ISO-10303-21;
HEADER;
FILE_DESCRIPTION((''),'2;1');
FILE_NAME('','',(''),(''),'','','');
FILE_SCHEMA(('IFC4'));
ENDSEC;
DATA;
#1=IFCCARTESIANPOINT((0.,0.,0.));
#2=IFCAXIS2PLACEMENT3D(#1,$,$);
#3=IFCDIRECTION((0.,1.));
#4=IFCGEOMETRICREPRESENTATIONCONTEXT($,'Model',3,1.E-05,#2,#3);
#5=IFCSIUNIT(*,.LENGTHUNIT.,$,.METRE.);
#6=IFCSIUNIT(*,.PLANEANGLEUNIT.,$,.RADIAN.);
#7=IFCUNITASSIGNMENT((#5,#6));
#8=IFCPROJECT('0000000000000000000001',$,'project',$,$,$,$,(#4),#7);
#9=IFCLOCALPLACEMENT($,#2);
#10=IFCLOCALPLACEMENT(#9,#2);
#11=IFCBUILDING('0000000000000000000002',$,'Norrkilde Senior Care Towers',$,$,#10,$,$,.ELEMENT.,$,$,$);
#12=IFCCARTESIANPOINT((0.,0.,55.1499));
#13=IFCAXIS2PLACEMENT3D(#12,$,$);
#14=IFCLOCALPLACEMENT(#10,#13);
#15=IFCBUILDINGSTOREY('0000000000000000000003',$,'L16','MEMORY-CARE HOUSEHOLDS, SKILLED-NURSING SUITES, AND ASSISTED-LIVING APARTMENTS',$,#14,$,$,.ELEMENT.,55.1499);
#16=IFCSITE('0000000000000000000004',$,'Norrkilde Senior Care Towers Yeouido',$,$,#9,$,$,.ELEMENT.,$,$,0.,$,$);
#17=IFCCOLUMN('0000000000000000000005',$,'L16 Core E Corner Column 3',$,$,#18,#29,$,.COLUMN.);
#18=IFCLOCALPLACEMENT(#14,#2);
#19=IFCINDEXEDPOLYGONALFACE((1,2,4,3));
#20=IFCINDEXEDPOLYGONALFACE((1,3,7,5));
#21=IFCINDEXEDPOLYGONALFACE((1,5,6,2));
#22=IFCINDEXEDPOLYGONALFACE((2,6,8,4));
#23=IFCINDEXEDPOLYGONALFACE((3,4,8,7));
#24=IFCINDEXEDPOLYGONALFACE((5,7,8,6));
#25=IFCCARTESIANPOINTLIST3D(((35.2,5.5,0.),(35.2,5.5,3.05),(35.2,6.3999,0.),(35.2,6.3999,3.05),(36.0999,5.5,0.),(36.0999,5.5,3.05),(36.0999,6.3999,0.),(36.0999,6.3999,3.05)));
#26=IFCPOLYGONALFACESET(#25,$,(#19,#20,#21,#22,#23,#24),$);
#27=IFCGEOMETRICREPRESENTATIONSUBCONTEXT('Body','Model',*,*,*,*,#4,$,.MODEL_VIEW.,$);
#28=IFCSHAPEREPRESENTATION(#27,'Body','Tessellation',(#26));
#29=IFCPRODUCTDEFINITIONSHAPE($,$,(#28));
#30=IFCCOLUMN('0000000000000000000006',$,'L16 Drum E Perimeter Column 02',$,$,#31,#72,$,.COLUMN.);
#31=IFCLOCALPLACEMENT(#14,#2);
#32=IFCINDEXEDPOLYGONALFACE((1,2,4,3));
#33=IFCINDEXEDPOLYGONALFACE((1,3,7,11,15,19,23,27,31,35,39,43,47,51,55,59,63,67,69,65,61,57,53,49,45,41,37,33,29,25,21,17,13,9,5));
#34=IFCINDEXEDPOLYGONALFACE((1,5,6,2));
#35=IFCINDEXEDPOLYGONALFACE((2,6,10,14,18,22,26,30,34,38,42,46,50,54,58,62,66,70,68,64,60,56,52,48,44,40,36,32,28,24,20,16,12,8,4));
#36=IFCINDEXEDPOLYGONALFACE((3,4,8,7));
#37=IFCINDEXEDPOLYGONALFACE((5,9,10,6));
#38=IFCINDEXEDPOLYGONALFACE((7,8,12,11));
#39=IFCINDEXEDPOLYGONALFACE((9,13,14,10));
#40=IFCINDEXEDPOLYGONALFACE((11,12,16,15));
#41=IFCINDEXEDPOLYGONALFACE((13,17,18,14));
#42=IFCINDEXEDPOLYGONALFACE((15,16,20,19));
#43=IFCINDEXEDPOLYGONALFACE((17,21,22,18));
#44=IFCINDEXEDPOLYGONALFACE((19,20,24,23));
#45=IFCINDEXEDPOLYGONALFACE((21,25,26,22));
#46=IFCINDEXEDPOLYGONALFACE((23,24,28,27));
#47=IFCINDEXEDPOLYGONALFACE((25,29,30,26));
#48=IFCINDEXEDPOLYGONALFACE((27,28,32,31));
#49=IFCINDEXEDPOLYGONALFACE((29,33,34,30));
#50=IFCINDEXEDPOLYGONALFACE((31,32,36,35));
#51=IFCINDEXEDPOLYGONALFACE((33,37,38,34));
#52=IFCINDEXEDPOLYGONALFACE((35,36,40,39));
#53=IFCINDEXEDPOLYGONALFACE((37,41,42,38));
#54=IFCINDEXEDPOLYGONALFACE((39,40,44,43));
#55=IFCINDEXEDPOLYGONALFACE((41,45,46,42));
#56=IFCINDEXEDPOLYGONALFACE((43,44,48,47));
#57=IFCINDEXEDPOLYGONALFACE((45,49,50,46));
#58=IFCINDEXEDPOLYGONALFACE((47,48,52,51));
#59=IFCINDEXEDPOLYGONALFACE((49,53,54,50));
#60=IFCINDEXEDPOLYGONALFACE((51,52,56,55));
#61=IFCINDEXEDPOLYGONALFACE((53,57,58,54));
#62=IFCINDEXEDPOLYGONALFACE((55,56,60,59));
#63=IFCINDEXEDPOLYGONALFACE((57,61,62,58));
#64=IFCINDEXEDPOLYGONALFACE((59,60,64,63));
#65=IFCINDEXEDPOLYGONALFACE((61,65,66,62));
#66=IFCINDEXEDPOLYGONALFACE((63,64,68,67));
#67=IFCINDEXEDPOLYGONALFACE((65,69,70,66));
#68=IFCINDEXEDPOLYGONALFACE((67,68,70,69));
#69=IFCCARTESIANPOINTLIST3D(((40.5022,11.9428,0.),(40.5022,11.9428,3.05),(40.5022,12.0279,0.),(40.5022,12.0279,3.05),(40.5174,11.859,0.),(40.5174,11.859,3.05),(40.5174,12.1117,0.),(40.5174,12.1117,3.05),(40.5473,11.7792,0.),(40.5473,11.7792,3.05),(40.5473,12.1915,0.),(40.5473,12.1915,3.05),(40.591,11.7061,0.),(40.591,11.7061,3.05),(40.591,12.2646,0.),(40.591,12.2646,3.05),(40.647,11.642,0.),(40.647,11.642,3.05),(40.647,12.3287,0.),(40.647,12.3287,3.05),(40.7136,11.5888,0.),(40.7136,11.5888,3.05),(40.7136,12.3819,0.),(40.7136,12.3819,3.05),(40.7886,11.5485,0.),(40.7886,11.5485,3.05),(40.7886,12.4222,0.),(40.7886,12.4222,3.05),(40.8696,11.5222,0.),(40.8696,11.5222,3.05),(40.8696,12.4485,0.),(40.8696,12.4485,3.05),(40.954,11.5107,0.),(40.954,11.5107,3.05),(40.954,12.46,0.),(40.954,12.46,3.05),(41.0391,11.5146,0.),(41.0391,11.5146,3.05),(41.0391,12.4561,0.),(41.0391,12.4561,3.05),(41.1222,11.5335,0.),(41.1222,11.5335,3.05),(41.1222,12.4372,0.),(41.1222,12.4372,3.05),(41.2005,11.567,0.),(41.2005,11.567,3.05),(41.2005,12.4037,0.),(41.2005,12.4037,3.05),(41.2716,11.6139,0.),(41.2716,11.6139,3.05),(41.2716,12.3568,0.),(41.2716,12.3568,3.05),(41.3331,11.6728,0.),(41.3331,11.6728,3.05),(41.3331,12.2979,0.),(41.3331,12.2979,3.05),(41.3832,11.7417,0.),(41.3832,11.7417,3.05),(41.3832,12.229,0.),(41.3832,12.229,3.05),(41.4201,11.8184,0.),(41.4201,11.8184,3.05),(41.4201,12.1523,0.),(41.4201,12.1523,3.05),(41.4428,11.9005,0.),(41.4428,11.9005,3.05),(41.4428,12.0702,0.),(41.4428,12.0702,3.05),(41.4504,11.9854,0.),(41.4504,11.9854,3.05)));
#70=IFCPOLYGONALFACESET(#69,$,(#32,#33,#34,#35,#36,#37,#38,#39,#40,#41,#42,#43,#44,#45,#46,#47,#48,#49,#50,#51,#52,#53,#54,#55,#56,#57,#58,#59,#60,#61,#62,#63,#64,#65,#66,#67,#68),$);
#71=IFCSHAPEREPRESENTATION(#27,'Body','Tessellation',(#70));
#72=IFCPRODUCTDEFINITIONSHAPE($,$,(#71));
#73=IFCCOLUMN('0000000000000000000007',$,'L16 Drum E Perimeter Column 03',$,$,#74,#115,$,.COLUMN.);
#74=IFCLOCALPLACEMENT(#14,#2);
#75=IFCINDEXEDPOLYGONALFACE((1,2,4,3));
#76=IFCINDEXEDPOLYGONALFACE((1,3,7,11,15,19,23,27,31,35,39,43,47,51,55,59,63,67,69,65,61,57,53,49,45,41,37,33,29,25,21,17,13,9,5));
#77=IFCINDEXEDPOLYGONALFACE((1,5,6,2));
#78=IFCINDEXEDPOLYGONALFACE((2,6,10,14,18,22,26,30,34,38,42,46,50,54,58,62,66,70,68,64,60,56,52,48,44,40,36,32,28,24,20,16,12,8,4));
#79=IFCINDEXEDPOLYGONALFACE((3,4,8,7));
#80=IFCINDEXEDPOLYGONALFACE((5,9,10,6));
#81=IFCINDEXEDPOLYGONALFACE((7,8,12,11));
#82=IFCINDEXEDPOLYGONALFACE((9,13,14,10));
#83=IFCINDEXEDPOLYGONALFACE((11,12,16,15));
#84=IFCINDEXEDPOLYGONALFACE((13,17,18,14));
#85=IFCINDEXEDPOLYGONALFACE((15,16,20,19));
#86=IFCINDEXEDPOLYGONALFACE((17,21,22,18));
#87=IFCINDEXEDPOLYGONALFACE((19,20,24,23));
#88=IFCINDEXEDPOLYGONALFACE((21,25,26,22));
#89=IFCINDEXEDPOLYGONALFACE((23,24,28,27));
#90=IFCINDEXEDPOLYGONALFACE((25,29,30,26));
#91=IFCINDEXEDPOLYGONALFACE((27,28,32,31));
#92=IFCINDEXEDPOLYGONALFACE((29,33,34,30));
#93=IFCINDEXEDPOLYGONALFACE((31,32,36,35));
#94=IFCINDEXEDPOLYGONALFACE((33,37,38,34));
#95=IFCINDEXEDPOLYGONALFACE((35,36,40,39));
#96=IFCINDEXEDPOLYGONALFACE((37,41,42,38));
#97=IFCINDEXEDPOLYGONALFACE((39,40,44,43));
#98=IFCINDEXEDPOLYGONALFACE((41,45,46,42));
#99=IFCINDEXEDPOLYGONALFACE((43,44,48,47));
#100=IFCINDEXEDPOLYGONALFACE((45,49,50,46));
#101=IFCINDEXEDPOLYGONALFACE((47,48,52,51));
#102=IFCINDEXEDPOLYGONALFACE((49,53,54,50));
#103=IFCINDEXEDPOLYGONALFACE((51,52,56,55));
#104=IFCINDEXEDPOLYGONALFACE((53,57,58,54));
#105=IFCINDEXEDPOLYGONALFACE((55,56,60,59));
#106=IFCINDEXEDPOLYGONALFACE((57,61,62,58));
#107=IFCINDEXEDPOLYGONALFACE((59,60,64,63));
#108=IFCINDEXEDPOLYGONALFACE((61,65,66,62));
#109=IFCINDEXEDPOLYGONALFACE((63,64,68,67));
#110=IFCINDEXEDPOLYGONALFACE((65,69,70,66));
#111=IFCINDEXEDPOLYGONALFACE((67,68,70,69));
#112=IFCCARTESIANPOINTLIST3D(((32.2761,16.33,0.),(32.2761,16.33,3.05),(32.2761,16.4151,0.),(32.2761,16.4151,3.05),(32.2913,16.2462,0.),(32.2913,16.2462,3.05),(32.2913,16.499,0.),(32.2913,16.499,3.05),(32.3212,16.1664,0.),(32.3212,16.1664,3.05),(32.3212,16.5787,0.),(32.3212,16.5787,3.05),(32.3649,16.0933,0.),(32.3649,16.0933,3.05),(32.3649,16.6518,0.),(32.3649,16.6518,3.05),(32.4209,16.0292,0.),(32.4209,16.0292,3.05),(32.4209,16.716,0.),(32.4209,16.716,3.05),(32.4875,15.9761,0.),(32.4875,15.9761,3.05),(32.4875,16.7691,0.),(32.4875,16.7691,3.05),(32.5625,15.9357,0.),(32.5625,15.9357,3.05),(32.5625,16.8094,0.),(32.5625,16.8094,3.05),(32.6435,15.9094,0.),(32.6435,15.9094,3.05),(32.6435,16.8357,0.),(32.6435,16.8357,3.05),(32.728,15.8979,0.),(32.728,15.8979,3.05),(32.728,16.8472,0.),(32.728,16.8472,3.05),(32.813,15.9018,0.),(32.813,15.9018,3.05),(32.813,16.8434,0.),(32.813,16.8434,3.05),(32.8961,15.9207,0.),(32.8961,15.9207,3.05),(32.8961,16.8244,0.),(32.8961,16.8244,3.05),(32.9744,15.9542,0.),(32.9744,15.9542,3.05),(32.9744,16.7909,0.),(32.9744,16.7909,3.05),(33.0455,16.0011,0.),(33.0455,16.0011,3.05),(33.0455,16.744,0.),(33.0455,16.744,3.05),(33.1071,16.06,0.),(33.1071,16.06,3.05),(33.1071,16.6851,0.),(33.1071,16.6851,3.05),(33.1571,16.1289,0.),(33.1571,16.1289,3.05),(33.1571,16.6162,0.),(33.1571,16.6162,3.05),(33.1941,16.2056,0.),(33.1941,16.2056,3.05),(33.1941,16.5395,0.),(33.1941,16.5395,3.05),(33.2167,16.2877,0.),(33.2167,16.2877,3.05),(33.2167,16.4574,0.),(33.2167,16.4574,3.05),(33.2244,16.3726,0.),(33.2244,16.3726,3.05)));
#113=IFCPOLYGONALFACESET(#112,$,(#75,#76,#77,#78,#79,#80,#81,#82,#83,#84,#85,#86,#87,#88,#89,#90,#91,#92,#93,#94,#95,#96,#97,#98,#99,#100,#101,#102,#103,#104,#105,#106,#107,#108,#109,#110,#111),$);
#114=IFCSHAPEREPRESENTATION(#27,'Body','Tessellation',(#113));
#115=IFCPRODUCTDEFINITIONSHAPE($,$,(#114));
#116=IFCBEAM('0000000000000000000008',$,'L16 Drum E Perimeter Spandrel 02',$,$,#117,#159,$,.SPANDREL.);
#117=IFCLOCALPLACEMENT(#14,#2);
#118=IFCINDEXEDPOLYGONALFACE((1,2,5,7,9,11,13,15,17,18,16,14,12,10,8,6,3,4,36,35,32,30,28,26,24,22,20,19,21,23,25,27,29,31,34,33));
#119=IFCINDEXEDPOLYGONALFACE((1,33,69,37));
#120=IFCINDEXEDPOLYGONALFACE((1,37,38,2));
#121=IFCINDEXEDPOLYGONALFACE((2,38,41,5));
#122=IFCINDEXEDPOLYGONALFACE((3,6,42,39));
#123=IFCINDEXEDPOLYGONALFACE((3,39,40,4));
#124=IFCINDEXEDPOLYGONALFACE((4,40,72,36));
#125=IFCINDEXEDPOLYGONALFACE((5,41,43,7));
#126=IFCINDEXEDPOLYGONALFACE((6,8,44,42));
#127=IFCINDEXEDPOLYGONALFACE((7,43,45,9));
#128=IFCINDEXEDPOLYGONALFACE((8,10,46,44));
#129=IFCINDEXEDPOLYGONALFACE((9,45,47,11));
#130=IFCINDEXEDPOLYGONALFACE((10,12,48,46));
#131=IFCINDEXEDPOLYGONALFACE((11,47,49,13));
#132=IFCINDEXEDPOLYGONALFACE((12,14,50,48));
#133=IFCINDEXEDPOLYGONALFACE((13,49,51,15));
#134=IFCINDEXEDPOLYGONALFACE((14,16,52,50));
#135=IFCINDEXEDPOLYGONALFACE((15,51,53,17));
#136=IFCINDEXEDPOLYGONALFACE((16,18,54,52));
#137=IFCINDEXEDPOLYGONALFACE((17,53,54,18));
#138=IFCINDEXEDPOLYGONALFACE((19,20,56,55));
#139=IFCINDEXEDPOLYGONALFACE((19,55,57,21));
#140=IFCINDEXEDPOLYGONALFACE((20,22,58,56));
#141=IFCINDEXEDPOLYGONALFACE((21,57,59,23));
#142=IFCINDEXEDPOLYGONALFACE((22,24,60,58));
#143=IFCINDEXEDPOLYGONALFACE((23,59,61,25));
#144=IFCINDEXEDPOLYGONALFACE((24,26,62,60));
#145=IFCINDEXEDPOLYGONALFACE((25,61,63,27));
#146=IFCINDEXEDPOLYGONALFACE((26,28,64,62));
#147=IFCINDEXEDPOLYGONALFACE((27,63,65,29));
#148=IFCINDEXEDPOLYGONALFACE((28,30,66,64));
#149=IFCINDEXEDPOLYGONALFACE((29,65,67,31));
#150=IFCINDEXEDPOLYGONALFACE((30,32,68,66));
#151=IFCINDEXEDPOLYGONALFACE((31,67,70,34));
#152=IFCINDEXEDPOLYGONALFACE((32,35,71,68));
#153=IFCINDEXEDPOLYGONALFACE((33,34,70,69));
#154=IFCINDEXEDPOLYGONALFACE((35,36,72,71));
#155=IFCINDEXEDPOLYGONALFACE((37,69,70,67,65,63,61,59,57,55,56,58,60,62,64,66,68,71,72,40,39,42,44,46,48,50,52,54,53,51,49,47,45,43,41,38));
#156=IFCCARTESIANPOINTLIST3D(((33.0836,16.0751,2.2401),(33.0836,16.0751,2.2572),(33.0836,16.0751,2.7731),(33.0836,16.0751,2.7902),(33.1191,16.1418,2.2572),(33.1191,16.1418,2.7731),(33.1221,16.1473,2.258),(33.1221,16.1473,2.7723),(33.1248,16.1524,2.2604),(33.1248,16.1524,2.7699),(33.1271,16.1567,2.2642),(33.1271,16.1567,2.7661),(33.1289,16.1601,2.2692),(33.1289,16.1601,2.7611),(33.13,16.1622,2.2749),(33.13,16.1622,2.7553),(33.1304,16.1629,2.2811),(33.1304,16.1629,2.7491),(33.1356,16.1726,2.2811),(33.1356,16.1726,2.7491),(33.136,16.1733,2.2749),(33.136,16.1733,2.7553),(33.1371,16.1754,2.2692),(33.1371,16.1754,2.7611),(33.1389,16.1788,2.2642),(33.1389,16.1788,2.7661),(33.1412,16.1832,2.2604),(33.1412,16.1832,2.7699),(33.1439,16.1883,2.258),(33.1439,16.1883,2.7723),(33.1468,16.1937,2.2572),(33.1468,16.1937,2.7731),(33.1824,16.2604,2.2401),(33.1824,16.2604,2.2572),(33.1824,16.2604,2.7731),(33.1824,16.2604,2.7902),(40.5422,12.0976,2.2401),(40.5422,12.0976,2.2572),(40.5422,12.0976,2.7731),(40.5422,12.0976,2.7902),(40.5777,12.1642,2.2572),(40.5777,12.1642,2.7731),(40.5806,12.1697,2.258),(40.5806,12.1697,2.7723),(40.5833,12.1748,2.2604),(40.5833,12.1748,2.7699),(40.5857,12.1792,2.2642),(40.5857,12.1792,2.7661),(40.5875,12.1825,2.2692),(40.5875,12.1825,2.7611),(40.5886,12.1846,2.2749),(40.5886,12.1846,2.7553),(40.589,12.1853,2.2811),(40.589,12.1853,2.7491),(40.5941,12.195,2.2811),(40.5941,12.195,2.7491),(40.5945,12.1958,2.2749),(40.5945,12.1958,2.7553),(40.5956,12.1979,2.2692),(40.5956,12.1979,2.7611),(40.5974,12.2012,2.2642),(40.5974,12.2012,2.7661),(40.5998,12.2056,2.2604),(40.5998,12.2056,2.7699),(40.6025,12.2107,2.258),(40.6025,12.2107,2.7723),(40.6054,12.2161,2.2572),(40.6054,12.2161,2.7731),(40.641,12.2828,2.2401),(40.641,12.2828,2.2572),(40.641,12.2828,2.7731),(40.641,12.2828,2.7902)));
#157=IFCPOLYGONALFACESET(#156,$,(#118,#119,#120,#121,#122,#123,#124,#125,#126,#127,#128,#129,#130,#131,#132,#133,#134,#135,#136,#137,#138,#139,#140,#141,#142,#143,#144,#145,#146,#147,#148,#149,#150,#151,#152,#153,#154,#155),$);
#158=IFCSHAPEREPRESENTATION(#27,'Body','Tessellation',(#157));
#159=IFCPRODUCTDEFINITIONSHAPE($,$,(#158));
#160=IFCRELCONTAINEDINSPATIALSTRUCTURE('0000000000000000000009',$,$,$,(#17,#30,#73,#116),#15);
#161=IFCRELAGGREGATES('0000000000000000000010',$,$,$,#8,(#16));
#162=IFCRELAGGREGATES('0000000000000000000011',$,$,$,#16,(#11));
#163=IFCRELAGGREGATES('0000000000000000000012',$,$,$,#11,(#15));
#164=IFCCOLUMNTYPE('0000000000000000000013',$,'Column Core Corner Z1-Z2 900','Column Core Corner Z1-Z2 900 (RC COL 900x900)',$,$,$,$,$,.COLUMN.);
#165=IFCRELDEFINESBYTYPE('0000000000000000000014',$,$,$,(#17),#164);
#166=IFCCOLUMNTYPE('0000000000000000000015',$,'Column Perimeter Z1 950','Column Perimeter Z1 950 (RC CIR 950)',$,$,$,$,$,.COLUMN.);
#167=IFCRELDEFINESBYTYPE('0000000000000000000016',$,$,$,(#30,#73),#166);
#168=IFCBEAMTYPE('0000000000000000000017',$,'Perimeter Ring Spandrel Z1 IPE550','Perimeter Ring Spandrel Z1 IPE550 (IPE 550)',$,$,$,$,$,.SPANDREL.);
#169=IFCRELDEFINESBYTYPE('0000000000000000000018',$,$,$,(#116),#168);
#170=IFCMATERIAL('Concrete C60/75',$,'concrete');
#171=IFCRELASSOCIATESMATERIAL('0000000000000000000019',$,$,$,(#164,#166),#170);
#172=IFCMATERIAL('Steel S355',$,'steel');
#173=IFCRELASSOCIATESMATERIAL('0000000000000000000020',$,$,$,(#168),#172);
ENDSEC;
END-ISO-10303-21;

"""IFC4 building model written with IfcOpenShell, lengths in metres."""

from ifc_helpers import new_model, si_unit, direction, frame, origin, origin_2d, place, context, subcontext, project, spatial, rectangle, circle, i_section, extrude, source, transform, mapped, material, material_profile, profile_set, type_object, type_shapes, element, save


model = new_model("IFC4")

# Units and contexts
model_context = context("Model", 3, precision=1e-05, world=origin(), true_north=direction((0.0, 1.0)))
body_context = subcontext(model_context, "Body", "Model", "MODEL_VIEW")
ifc_project = project(units=[si_unit("LENGTHUNIT", "METRE"), si_unit("PLANEANGLEUNIT", "RADIAN")], contexts=[model_context])

# Site, building, storey
site_placement = place(None, origin())
site = spatial("IfcSite", under=ifc_project, at=site_placement, Name="Norrkilde Senior Care Towers Yeouido", CompositionType="ELEMENT", RefElevation=0.0)
building_placement = place(site_placement, origin())
building = spatial("IfcBuilding", under=site, at=building_placement, Name="Norrkilde Senior Care Towers", CompositionType="ELEMENT")
storey_placement = place(building_placement, frame((0.0, 0.0, 55.1499)))
storey = spatial("IfcBuildingStorey", under=building, at=storey_placement, Name="L16", Description="MEMORY-CARE HOUSEHOLDS, SKILLED-NURSING SUITES, AND ASSISTED-LIVING APARTMENTS", CompositionType="ELEMENT", Elevation=55.1499)

# Columns
ifc_material_1 = material(Name="Concrete C60/75", Category="concrete")
ifc_material_profile_1 = material_profile(ifc_material_1, rectangle(XDim=0.8999, YDim=0.8999, at=origin_2d()), Name="RC COL 900x900")
ifc_profile_set_1 = profile_set([ifc_material_profile_1], Name="Concrete C60/75")
column_type_1 = type_object("IfcColumnType", Name="Column Core Corner Z1-Z2 900", Description="Column Core Corner Z1-Z2 900 (RC COL 900x900)", PredefinedType="COLUMN", material=ifc_profile_set_1)
shared_shape_1 = source(origin(), body_context, "Body", "SweptSolid", [
    extrude(rectangle(XDim=0.8999, YDim=0.8999, at=origin_2d()), origin(), (0.0, 0.0, 1.0), 3.05),
])
type_shapes(column_type_1, [shared_shape_1])
column_placement = place(storey_placement, frame((35.6499, 5.95, 0.0), z_axis=(0.0, 0.0, 1.0), x_axis=(1.0, 0.0, 0.0)))
element("IfcColumn", 1, at=column_placement, inside=storey, type_object=column_type_1, Name="L16 Core E Corner Column 3", PredefinedType="COLUMN", context=body_context, shape_type="MappedRepresentation", body=[
    mapped(shared_shape_1, transform((0.0, 0.0, 0.0), x_axis=(1.0, 0.0, 0.0), y_axis=(0.0, 1.0, 0.0), z_axis=(0.0, 0.0, 1.0), scale=1.0)),
])
ifc_material_profile_2 = material_profile(ifc_material_1, circle(Radius=0.4751, at=origin_2d()), Name="RC CIR 950")
ifc_profile_set_2 = profile_set([ifc_material_profile_2], Name="Concrete C60/75")
column_type_2 = type_object("IfcColumnType", Name="Column Perimeter Z1 950", Description="Column Perimeter Z1 950 (RC CIR 950)", PredefinedType="COLUMN", material=ifc_profile_set_2)
shared_shape_2 = source(origin(), body_context, "Body", "SweptSolid", [
    extrude(circle(Radius=0.4751, at=origin_2d()), origin(), (0.0, 0.0, 1.0), 3.05),
])
type_shapes(column_type_2, [shared_shape_2])
for number, where, z_axis, x_axis, name in (
    (2, (40.9753, 11.9854, 0.0), (0.0, 0.0, 1.0), (1.0, 0.0, 0.0), "L16 Drum E Perimeter Column 02"),
    (3, (32.7493, 16.3726, 0.0), (0.0, 0.0, 1.0), (1.0, 0.0, 0.0), "L16 Drum E Perimeter Column 03"),
):
    element("IfcColumn", number, at=place(storey_placement, frame(where, z_axis=z_axis, x_axis=x_axis)), inside=storey, type_object=column_type_2, Name=name, PredefinedType="COLUMN", context=body_context, shape_type="MappedRepresentation", body=[
        mapped(shared_shape_2, transform((0.0, 0.0, 0.0), x_axis=(1.0, 0.0, 0.0), y_axis=(0.0, 1.0, 0.0), z_axis=(0.0, 0.0, 1.0), scale=1.0)),
    ])

# Beam
ifc_material_2 = material(Name="Steel S355", Category="steel")
ifc_material_profile_3 = material_profile(ifc_material_2, i_section(OverallWidth=0.21, OverallDepth=0.55, WebThickness=0.011, FlangeThickness=0.0171, FilletRadius=0.0239, at=origin_2d()), Name="IPE 550")
ifc_profile_set_3 = profile_set([ifc_material_profile_3], Name="Steel S355")
beam_type_1 = type_object("IfcBeamType", Name="Perimeter Ring Spandrel Z1 IPE550", Description="Perimeter Ring Spandrel Z1 IPE550 (IPE 550)", PredefinedType="SPANDREL", material=ifc_profile_set_3)
shared_shape_3 = source(origin(), body_context, "Body", "SweptSolid", [
    extrude(i_section(OverallWidth=0.21, OverallDepth=0.55, WebThickness=0.011, FlangeThickness=0.0171, FilletRadius=0.0239, at=origin_2d()), origin(), (0.0, 0.0, 1.0), 8.4529),
])
beam_1_placement = place(storey_placement, frame((40.5916, 12.1902, 2.5151), z_axis=(-0.882369, 0.470558, 0.0), x_axis=(-0.470558, -0.882369, 0.0)))
element("IfcBeam", 4, at=beam_1_placement, inside=storey, type_object=beam_type_1, Name="L16 Drum E Perimeter Spandrel 02", PredefinedType="SPANDREL", context=body_context, shape_type="MappedRepresentation", body=[
    mapped(shared_shape_3, transform((0.0, 0.0, 0.0), x_axis=(1.0, 0.0, 0.0), y_axis=(0.0, 1.0, 0.0), z_axis=(0.0, 0.0, 1.0), scale=1.0)),
])

save(model, "model.ifc")
